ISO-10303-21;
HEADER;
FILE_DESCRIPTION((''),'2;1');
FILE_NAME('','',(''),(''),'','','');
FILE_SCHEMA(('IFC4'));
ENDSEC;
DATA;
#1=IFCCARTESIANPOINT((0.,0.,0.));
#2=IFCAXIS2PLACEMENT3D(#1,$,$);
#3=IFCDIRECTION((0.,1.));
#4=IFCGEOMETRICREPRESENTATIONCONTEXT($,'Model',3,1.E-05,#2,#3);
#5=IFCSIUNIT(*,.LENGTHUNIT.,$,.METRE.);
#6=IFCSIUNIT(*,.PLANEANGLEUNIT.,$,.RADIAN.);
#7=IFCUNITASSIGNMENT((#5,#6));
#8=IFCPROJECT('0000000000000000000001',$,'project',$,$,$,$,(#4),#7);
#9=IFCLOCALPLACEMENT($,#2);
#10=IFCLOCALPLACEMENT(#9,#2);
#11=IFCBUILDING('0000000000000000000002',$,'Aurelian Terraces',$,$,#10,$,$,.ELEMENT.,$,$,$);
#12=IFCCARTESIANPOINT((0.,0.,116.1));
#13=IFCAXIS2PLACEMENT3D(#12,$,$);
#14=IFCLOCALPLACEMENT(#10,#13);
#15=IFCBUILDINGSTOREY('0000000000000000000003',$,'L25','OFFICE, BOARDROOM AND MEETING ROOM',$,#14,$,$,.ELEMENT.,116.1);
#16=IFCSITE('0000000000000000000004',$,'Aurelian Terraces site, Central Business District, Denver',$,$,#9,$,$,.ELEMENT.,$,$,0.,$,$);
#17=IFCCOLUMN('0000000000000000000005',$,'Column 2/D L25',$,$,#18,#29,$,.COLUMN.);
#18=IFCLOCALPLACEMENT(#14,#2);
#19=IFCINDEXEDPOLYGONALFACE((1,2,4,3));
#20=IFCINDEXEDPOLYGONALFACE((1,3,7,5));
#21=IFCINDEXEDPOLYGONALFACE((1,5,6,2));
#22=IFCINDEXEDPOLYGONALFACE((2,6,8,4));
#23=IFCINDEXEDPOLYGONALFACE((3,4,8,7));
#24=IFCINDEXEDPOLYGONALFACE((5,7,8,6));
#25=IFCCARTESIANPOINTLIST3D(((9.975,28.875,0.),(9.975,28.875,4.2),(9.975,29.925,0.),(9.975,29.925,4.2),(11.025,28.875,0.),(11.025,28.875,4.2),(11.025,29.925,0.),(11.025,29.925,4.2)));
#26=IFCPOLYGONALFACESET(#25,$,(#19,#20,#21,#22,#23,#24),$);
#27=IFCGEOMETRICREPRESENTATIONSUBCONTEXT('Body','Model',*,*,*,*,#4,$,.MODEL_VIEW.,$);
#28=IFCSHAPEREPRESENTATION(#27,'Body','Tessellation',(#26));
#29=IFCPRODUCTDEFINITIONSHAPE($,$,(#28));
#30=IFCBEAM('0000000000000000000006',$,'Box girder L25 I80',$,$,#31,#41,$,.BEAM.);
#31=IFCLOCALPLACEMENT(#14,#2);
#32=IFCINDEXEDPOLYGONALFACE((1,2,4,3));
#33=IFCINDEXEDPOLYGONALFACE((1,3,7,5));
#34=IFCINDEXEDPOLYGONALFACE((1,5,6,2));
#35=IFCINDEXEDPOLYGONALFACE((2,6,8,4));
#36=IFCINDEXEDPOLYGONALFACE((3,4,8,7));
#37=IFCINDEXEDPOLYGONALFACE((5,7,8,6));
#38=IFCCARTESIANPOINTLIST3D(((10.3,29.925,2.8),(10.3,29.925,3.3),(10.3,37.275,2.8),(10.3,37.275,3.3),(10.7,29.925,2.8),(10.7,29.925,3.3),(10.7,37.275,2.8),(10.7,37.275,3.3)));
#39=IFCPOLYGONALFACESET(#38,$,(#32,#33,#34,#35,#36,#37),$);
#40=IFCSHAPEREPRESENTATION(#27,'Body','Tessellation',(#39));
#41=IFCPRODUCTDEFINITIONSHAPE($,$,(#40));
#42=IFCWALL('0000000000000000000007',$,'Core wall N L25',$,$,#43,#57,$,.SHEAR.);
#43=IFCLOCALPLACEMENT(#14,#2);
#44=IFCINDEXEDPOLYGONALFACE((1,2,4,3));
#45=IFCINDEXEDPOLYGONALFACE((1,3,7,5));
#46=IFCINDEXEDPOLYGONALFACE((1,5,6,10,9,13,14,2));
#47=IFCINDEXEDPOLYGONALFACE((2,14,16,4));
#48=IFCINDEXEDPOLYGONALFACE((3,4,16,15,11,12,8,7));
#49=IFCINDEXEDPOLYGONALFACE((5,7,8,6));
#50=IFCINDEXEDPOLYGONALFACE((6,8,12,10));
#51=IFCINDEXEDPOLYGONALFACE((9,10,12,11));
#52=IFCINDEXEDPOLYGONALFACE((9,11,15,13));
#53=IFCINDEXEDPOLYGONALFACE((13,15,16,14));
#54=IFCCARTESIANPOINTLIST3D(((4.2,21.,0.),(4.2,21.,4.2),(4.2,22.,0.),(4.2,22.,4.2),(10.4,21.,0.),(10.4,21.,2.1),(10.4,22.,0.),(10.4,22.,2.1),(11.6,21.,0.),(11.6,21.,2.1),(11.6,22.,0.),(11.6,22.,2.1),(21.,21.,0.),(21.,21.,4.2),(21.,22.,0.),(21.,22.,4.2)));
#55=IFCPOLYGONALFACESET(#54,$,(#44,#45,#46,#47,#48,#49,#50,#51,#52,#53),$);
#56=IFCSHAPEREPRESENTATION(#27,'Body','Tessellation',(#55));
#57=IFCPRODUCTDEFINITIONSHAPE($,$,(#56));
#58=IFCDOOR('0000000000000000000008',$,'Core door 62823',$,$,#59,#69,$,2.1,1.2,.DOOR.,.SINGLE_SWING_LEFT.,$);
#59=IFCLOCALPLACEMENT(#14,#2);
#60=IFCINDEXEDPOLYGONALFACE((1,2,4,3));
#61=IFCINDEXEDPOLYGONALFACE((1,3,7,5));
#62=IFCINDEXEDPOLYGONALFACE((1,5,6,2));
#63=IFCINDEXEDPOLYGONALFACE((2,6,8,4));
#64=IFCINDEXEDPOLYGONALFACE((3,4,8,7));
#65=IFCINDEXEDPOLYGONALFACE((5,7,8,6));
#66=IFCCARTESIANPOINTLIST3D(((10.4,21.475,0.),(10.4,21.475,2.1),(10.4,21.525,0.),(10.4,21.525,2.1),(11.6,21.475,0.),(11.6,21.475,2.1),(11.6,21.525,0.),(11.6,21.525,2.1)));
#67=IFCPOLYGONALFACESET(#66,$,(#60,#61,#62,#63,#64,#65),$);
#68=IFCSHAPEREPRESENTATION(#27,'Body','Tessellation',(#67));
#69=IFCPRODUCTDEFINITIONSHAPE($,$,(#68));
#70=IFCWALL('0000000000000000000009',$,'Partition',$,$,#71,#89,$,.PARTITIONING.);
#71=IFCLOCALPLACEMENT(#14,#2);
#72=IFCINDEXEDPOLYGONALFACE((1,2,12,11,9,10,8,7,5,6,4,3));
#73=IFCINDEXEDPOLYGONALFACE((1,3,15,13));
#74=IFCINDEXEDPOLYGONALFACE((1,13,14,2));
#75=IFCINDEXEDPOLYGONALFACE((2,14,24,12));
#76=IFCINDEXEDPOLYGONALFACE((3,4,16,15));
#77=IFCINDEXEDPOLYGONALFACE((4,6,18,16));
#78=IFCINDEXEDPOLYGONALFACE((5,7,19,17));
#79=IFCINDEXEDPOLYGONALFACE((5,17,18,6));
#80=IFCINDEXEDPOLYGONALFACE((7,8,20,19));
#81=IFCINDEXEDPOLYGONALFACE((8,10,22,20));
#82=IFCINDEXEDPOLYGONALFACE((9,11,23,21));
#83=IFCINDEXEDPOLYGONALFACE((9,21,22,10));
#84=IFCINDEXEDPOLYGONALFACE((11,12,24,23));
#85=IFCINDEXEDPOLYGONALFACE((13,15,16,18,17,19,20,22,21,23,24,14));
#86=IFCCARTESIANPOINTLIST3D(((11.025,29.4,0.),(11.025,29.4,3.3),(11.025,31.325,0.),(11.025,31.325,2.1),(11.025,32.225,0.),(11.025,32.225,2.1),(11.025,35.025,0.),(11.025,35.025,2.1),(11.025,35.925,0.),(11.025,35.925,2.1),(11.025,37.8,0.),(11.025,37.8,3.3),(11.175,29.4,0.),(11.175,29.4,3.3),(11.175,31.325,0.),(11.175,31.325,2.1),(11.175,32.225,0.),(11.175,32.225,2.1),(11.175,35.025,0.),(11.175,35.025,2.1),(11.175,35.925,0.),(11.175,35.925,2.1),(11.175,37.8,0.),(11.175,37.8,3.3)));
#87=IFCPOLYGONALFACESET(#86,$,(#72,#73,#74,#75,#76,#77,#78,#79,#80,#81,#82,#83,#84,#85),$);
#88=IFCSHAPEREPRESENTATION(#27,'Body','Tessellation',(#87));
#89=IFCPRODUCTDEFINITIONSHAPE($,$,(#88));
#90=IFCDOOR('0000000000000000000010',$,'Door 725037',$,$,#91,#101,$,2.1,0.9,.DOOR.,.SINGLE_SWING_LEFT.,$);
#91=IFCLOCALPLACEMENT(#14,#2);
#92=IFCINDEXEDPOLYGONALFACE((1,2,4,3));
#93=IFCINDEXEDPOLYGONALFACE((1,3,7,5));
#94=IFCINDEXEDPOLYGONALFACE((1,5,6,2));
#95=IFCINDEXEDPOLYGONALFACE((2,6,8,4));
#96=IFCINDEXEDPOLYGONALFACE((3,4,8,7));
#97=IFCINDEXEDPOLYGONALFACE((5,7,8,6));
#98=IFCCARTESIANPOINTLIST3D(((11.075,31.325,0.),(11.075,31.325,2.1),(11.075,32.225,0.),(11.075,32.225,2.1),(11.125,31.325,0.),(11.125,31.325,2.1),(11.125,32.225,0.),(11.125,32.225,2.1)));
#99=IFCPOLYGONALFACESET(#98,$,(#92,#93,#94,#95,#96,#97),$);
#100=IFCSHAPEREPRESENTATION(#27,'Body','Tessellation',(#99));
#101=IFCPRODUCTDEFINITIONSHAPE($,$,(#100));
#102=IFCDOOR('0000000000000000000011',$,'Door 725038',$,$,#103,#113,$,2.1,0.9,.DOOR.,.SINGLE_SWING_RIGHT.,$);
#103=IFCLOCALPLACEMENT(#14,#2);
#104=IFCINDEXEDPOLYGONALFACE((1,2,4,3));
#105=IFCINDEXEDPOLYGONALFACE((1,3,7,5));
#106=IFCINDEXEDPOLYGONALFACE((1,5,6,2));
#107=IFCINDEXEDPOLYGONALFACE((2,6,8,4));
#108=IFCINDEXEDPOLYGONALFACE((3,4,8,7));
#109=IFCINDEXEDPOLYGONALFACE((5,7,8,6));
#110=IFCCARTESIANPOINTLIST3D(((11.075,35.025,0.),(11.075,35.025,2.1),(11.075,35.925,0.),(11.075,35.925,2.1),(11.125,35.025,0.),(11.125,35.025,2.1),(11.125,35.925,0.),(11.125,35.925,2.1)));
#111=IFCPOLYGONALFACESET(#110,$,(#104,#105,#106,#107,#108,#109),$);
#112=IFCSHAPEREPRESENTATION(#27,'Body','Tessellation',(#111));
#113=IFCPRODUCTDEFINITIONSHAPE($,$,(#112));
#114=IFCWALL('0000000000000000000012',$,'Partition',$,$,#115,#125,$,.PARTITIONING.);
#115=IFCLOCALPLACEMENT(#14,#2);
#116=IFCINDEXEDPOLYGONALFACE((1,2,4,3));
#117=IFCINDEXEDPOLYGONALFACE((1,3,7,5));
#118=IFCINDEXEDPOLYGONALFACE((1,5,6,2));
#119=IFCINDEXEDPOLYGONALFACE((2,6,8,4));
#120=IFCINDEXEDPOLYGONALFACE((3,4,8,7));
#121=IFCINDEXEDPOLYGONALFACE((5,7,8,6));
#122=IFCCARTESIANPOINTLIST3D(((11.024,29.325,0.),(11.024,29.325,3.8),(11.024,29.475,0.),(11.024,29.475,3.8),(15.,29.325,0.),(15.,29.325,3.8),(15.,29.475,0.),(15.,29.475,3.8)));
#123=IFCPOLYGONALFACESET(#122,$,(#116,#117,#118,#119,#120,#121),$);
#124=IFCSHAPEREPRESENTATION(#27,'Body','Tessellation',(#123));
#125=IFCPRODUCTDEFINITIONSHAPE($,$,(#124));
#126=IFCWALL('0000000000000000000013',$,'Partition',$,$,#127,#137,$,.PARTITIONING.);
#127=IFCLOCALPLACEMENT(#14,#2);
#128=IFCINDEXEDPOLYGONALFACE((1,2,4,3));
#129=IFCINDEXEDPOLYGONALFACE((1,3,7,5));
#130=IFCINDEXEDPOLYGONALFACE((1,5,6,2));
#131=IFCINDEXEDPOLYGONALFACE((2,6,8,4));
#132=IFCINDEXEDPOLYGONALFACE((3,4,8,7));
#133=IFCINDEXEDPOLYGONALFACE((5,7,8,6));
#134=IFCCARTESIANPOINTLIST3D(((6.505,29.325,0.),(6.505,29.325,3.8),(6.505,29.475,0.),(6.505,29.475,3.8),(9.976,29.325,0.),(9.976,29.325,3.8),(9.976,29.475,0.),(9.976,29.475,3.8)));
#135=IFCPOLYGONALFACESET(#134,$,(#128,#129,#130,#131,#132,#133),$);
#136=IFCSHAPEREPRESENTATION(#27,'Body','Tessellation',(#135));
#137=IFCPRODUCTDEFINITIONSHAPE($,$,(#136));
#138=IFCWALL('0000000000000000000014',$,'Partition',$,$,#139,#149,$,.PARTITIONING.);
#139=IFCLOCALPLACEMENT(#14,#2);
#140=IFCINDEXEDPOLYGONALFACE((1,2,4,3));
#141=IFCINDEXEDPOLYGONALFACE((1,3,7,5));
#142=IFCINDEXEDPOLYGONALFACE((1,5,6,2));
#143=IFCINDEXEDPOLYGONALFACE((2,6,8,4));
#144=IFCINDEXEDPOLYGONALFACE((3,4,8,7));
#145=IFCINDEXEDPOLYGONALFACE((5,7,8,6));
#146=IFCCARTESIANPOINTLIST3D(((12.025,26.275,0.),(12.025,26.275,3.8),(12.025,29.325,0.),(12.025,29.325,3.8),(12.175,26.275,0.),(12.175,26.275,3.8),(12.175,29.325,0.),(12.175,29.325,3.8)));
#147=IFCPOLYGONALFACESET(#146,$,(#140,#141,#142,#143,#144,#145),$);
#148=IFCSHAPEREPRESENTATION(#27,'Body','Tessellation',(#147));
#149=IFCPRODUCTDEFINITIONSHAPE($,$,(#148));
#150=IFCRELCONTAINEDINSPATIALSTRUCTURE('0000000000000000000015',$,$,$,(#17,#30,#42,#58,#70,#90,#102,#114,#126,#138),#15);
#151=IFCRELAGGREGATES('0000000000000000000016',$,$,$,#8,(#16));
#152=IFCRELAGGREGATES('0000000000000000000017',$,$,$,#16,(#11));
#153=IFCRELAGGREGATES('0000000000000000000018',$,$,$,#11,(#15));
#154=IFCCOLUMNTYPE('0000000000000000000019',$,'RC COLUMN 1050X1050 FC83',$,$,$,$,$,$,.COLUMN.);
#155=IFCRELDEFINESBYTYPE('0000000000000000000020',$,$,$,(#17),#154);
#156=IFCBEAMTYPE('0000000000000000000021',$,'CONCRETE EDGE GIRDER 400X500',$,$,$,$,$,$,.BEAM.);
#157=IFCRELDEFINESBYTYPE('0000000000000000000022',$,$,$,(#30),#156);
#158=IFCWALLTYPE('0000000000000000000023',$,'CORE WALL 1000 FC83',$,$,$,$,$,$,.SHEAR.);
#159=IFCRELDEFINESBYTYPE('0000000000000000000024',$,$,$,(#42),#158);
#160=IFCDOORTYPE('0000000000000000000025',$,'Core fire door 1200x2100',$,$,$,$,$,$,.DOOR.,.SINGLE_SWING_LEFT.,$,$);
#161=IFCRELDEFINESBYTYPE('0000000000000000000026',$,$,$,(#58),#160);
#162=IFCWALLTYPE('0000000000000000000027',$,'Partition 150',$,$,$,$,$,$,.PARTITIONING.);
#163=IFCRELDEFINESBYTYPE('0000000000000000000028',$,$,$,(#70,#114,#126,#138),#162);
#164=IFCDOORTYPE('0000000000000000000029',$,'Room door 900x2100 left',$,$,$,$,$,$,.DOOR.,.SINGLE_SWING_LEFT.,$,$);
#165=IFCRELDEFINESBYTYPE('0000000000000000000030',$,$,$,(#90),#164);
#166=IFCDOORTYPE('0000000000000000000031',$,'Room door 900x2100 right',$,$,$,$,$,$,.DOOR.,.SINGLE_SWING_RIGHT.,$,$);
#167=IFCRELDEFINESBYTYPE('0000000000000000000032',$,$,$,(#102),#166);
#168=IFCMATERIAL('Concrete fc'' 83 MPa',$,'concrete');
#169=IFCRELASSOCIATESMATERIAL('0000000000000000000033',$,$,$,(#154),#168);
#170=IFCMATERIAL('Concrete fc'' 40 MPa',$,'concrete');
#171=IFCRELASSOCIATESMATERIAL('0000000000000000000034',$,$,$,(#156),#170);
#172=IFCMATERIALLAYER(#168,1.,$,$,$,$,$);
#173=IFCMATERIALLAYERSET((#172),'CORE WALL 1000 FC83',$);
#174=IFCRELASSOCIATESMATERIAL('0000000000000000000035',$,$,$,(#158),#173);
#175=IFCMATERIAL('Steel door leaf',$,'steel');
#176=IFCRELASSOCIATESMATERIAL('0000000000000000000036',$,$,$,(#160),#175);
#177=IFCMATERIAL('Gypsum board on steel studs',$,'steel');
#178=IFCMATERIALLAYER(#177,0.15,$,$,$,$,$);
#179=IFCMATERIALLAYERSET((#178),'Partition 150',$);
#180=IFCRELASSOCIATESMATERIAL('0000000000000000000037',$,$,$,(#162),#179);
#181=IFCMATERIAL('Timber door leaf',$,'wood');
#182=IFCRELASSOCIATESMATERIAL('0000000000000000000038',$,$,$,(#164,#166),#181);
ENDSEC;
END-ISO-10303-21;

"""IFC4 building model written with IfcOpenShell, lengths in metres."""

from ifc_helpers import new_model, si_unit, direction, frame, frame_2d, origin, origin_2d, place, context, subcontext, project, spatial, rectangle, extrude, source, transform, mapped, material, layer, layer_set, material_profile, profile_set, type_object, element, fill, save


model = new_model("IFC4")

# Units and contexts
model_context = context("Model", 3, precision=1e-05, world=origin(), true_north=direction((0.0, 1.0)))
body_context = subcontext(model_context, "Body", "Model", "MODEL_VIEW")
ifc_project = project(units=[si_unit("LENGTHUNIT", "METRE"), si_unit("PLANEANGLEUNIT", "RADIAN")], contexts=[model_context])

# Site, building, storey
site_placement = place(None, origin())
site = spatial("IfcSite", under=ifc_project, at=site_placement, Name="Aurelian Terraces site, Central Business District, Denver", CompositionType="ELEMENT", RefElevation=0.0)
building_placement = place(site_placement, origin())
building = spatial("IfcBuilding", under=site, at=building_placement, Name="Aurelian Terraces", CompositionType="ELEMENT")
storey_placement = place(building_placement, frame((0.0, 0.0, 116.1)))
storey = spatial("IfcBuildingStorey", under=building, at=storey_placement, Name="L25", Description="OFFICE, BOARDROOM AND MEETING ROOM", CompositionType="ELEMENT", Elevation=116.1)

# Column
ifc_material_1 = material(Name="Concrete fc' 83 MPa", Category="concrete")
ifc_material_profile_1 = material_profile(ifc_material_1, rectangle(XDim=1.05, YDim=1.05, at=origin_2d()))
ifc_profile_set_1 = profile_set([ifc_material_profile_1], Name="Concrete fc' 83 MPa")
column_type = type_object("IfcColumnType", Name="RC COLUMN 1050X1050 FC83", PredefinedType="COLUMN", material=ifc_profile_set_1)
shared_shape_1 = source(origin(), body_context, "Body", "SweptSolid", [
    extrude(rectangle(XDim=1.05, YDim=1.05, at=origin_2d()), origin(), (0.0, 0.0, 1.0), 4.2),
])
column_placement = place(storey_placement, frame((10.5, 29.4, 0.0), z_axis=(0.0, 0.0, 1.0), x_axis=(1.0, 0.0, 0.0)))
element("IfcColumn", 1, at=column_placement, inside=storey, type_object=column_type, Name="Column 2/D L25", PredefinedType="COLUMN", context=body_context, shape_type="MappedRepresentation", body=[
    mapped(shared_shape_1, transform((0.0, 0.0, 0.0), scale=1.0)),
])

# Beam
ifc_material_2 = material(Name="Concrete fc' 40 MPa", Category="concrete")
ifc_material_profile_2 = material_profile(ifc_material_2, rectangle(XDim=0.4, YDim=0.5, at=origin_2d()))
ifc_profile_set_2 = profile_set([ifc_material_profile_2], Name="Concrete fc' 40 MPa")
beam_type = type_object("IfcBeamType", Name="CONCRETE EDGE GIRDER 400X500", PredefinedType="BEAM", material=ifc_profile_set_2)
shared_shape_2 = source(origin(), body_context, "Body", "SweptSolid", [
    extrude(rectangle(XDim=0.4, YDim=0.5, at=origin_2d()), origin(), (0.0, 0.0, 1.0), 7.35),
])
beam_placement = place(storey_placement, frame((10.5, 29.925, 3.05), z_axis=(0.0, 1.0, 0.0), x_axis=(-1.0, 0.0, 0.0)))
element("IfcBeam", 2, at=beam_placement, inside=storey, type_object=beam_type, Name="Box girder L25 I80", PredefinedType="BEAM", context=body_context, shape_type="MappedRepresentation", body=[
    mapped(shared_shape_2, transform((0.0, 0.0, 0.0), scale=1.0)),
])

# Wall, opening, door
ifc_layer_1 = layer(ifc_material_1, 1.0)
ifc_layer_set_1 = layer_set([ifc_layer_1], Name="CORE WALL 1000 FC83")
wall_type_1 = type_object("IfcWallType", Name="CORE WALL 1000 FC83", PredefinedType="SHEAR", material=ifc_layer_set_1)
shared_shape_3 = source(origin(), body_context, "Body", "SweptSolid", [
    extrude(rectangle(XDim=16.8, YDim=1.0, at=frame_2d((8.4, 0.0))), origin(), (0.0, 0.0, 1.0), 4.2),
])
wall_1_placement = place(storey_placement, frame((4.2, 21.5, 0.0), z_axis=(0.0, 0.0, 1.0), x_axis=(1.0, 0.0, 0.0)))
wall_1 = element("IfcWall", 3, at=wall_1_placement, inside=storey, type_object=wall_type_1, Name="Core wall N L25", PredefinedType="SHEAR", context=body_context, shape_type="MappedRepresentation", body=[
    mapped(shared_shape_3, transform((0.0, 0.0, 0.0), scale=1.0)),
])
shared_shape_4 = source(origin(), body_context, "Body", "SweptSolid", [
    extrude(rectangle(XDim=1.2, YDim=2.1, at=frame_2d((0.6, 1.05))), frame((0.0, 0.51, 0.0), z_axis=(0.0, -1.0, 0.0), x_axis=(1.0, 0.0, 0.0)), (0.0, 0.0, 1.0), 1.02),
])
opening_1_placement = place(wall_1_placement, frame((6.2, 0.0, 0.0)))
opening_1 = element("IfcOpeningElement", 4, at=opening_1_placement, cuts=wall_1, PredefinedType="OPENING", context=body_context, shape_type="MappedRepresentation", body=[
    mapped(shared_shape_4, transform((0.0, 0.0, 0.0), scale=1.0)),
])
ifc_material_3 = material(Name="Steel door leaf", Category="steel")
door_type_1 = type_object("IfcDoorType", Name="Core fire door 1200x2100", OperationType="SINGLE_SWING_LEFT", PredefinedType="DOOR", material=ifc_material_3)
shared_shape_5 = source(origin(), body_context, "Body", "SweptSolid", [
    extrude(rectangle(XDim=1.2, YDim=2.1, at=frame_2d((0.6, 1.05))), frame((0.0, 0.025, 0.0), z_axis=(0.0, -1.0, 0.0), x_axis=(1.0, 0.0, 0.0)), (0.0, 0.0, 1.0), 0.05),
])
door_1_placement = place(opening_1_placement, origin())
door_1 = element("IfcDoor", 5, at=door_1_placement, inside=storey, type_object=door_type_1, Name="Core door 62823", OperationType="SINGLE_SWING_LEFT", OverallHeight=2.1, OverallWidth=1.2, PredefinedType="DOOR", context=body_context, shape_type="MappedRepresentation", body=[
    mapped(shared_shape_5, transform((0.0, 0.0, 0.0), scale=1.0)),
])
fill(opening_1, door_1)

# Wall, openings, doors
ifc_material_4 = material(Name="Gypsum board on steel studs", Category="steel")
ifc_layer_2 = layer(ifc_material_4, 0.15)
ifc_layer_set_2 = layer_set([ifc_layer_2], Name="Partition 150")
wall_type_2 = type_object("IfcWallType", Name="Partition 150", PredefinedType="PARTITIONING", material=ifc_layer_set_2)
shared_shape_6 = source(origin(), body_context, "Body", "SweptSolid", [
    extrude(rectangle(XDim=8.4, YDim=0.15, at=frame_2d((4.2, 0.0))), origin(), (0.0, 0.0, 1.0), 3.3),
])
wall_2_placement = place(storey_placement, frame((11.1, 29.4, 0.0), z_axis=(0.0, 0.0, 1.0), x_axis=(0.0, 1.0, 0.0)))
wall_2 = element("IfcWall", 6, at=wall_2_placement, inside=storey, type_object=wall_type_2, Name="Partition", PredefinedType="PARTITIONING", context=body_context, shape_type="MappedRepresentation", body=[
    mapped(shared_shape_6, transform((0.0, 0.0, 0.0), scale=1.0)),
])
shared_shape_7 = source(origin(), body_context, "Body", "SweptSolid", [
    extrude(rectangle(XDim=0.9, YDim=2.1, at=frame_2d((0.45, 1.05))), frame((0.0, 0.085, 0.0), z_axis=(0.0, -1.0, 0.0), x_axis=(1.0, 0.0, 0.0)), (0.0, 0.0, 1.0), 0.17),
])
opening_2_placement = place(wall_2_placement, frame((1.925, 0.0, 0.0)))
opening_2 = element("IfcOpeningElement", 7, at=opening_2_placement, cuts=wall_2, PredefinedType="OPENING", context=body_context, shape_type="MappedRepresentation", body=[
    mapped(shared_shape_7, transform((0.0, 0.0, 0.0), scale=1.0)),
])
opening_3_placement = place(wall_2_placement, frame((5.625, 0.0, 0.0)))
opening_3 = element("IfcOpeningElement", 8, at=opening_3_placement, cuts=wall_2, PredefinedType="OPENING", context=body_context, shape_type="MappedRepresentation", body=[
    mapped(shared_shape_7, transform((0.0, 0.0, 0.0), scale=1.0)),
])
ifc_material_5 = material(Name="Timber door leaf", Category="wood")
door_type_2 = type_object("IfcDoorType", Name="Room door 900x2100 left", OperationType="SINGLE_SWING_LEFT", PredefinedType="DOOR", material=ifc_material_5)
shared_shape_8 = source(origin(), body_context, "Body", "SweptSolid", [
    extrude(rectangle(XDim=0.9, YDim=2.1, at=frame_2d((0.45, 1.05))), frame((0.0, 0.025, 0.0), z_axis=(0.0, -1.0, 0.0), x_axis=(1.0, 0.0, 0.0)), (0.0, 0.0, 1.0), 0.05),
])
door_2_placement = place(opening_2_placement, origin())
door_2 = element("IfcDoor", 9, at=door_2_placement, inside=storey, type_object=door_type_2, Name="Door 725037", OperationType="SINGLE_SWING_LEFT", OverallHeight=2.1, OverallWidth=0.9, PredefinedType="DOOR", context=body_context, shape_type="MappedRepresentation", body=[
    mapped(shared_shape_8, transform((0.0, 0.0, 0.0), scale=1.0)),
])
fill(opening_2, door_2)
door_type_3 = type_object("IfcDoorType", Name="Room door 900x2100 right", OperationType="SINGLE_SWING_RIGHT", PredefinedType="DOOR", material=ifc_material_5)
door_3_placement = place(opening_3_placement, origin())
door_3 = element("IfcDoor", 10, at=door_3_placement, inside=storey, type_object=door_type_3, Name="Door 725038", OperationType="SINGLE_SWING_RIGHT", OverallHeight=2.1, OverallWidth=0.9, PredefinedType="DOOR", context=body_context, shape_type="MappedRepresentation", body=[
    mapped(shared_shape_8, transform((0.0, 0.0, 0.0), scale=1.0)),
])
fill(opening_3, door_3)

# Walls
shared_shape_9 = source(origin(), body_context, "Body", "SweptSolid", [
    extrude(rectangle(XDim=3.976, YDim=0.15, at=frame_2d((1.988, 0.0))), origin(), (0.0, 0.0, 1.0), 3.8),
])
wall_3_placement = place(storey_placement, frame((15.0, 29.4, 0.0), z_axis=(0.0, 0.0, 1.0), x_axis=(-1.0, 0.0, 0.0)))
element("IfcWall", 11, at=wall_3_placement, inside=storey, type_object=wall_type_2, Name="Partition", PredefinedType="PARTITIONING", context=body_context, shape_type="MappedRepresentation", body=[
    mapped(shared_shape_9, transform((0.0, 0.0, 0.0), scale=1.0)),
])
shared_shape_10 = source(origin(), body_context, "Body", "SweptSolid", [
    extrude(rectangle(XDim=3.471, YDim=0.15, at=frame_2d((1.7355, 0.0))), origin(), (0.0, 0.0, 1.0), 3.8),
])
wall_4_placement = place(storey_placement, frame((9.976, 29.4, 0.0), z_axis=(0.0, 0.0, 1.0), x_axis=(-1.0, 0.0, 0.0)))
element("IfcWall", 12, at=wall_4_placement, inside=storey, type_object=wall_type_2, Name="Partition", PredefinedType="PARTITIONING", context=body_context, shape_type="MappedRepresentation", body=[
    mapped(shared_shape_10, transform((0.0, 0.0, 0.0), scale=1.0)),
])
shared_shape_11 = source(origin(), body_context, "Body", "SweptSolid", [
    extrude(rectangle(XDim=3.05, YDim=0.15, at=frame_2d((1.525, 0.0))), origin(), (0.0, 0.0, 1.0), 3.8),
])
wall_5_placement = place(storey_placement, frame((12.1, 26.275, 0.0), z_axis=(0.0, 0.0, 1.0), x_axis=(0.0, 1.0, 0.0)))
element("IfcWall", 13, at=wall_5_placement, inside=storey, type_object=wall_type_2, Name="Partition", PredefinedType="PARTITIONING", context=body_context, shape_type="MappedRepresentation", body=[
    mapped(shared_shape_11, transform((0.0, 0.0, 0.0), scale=1.0)),
])

save(model, "model.ifc")
